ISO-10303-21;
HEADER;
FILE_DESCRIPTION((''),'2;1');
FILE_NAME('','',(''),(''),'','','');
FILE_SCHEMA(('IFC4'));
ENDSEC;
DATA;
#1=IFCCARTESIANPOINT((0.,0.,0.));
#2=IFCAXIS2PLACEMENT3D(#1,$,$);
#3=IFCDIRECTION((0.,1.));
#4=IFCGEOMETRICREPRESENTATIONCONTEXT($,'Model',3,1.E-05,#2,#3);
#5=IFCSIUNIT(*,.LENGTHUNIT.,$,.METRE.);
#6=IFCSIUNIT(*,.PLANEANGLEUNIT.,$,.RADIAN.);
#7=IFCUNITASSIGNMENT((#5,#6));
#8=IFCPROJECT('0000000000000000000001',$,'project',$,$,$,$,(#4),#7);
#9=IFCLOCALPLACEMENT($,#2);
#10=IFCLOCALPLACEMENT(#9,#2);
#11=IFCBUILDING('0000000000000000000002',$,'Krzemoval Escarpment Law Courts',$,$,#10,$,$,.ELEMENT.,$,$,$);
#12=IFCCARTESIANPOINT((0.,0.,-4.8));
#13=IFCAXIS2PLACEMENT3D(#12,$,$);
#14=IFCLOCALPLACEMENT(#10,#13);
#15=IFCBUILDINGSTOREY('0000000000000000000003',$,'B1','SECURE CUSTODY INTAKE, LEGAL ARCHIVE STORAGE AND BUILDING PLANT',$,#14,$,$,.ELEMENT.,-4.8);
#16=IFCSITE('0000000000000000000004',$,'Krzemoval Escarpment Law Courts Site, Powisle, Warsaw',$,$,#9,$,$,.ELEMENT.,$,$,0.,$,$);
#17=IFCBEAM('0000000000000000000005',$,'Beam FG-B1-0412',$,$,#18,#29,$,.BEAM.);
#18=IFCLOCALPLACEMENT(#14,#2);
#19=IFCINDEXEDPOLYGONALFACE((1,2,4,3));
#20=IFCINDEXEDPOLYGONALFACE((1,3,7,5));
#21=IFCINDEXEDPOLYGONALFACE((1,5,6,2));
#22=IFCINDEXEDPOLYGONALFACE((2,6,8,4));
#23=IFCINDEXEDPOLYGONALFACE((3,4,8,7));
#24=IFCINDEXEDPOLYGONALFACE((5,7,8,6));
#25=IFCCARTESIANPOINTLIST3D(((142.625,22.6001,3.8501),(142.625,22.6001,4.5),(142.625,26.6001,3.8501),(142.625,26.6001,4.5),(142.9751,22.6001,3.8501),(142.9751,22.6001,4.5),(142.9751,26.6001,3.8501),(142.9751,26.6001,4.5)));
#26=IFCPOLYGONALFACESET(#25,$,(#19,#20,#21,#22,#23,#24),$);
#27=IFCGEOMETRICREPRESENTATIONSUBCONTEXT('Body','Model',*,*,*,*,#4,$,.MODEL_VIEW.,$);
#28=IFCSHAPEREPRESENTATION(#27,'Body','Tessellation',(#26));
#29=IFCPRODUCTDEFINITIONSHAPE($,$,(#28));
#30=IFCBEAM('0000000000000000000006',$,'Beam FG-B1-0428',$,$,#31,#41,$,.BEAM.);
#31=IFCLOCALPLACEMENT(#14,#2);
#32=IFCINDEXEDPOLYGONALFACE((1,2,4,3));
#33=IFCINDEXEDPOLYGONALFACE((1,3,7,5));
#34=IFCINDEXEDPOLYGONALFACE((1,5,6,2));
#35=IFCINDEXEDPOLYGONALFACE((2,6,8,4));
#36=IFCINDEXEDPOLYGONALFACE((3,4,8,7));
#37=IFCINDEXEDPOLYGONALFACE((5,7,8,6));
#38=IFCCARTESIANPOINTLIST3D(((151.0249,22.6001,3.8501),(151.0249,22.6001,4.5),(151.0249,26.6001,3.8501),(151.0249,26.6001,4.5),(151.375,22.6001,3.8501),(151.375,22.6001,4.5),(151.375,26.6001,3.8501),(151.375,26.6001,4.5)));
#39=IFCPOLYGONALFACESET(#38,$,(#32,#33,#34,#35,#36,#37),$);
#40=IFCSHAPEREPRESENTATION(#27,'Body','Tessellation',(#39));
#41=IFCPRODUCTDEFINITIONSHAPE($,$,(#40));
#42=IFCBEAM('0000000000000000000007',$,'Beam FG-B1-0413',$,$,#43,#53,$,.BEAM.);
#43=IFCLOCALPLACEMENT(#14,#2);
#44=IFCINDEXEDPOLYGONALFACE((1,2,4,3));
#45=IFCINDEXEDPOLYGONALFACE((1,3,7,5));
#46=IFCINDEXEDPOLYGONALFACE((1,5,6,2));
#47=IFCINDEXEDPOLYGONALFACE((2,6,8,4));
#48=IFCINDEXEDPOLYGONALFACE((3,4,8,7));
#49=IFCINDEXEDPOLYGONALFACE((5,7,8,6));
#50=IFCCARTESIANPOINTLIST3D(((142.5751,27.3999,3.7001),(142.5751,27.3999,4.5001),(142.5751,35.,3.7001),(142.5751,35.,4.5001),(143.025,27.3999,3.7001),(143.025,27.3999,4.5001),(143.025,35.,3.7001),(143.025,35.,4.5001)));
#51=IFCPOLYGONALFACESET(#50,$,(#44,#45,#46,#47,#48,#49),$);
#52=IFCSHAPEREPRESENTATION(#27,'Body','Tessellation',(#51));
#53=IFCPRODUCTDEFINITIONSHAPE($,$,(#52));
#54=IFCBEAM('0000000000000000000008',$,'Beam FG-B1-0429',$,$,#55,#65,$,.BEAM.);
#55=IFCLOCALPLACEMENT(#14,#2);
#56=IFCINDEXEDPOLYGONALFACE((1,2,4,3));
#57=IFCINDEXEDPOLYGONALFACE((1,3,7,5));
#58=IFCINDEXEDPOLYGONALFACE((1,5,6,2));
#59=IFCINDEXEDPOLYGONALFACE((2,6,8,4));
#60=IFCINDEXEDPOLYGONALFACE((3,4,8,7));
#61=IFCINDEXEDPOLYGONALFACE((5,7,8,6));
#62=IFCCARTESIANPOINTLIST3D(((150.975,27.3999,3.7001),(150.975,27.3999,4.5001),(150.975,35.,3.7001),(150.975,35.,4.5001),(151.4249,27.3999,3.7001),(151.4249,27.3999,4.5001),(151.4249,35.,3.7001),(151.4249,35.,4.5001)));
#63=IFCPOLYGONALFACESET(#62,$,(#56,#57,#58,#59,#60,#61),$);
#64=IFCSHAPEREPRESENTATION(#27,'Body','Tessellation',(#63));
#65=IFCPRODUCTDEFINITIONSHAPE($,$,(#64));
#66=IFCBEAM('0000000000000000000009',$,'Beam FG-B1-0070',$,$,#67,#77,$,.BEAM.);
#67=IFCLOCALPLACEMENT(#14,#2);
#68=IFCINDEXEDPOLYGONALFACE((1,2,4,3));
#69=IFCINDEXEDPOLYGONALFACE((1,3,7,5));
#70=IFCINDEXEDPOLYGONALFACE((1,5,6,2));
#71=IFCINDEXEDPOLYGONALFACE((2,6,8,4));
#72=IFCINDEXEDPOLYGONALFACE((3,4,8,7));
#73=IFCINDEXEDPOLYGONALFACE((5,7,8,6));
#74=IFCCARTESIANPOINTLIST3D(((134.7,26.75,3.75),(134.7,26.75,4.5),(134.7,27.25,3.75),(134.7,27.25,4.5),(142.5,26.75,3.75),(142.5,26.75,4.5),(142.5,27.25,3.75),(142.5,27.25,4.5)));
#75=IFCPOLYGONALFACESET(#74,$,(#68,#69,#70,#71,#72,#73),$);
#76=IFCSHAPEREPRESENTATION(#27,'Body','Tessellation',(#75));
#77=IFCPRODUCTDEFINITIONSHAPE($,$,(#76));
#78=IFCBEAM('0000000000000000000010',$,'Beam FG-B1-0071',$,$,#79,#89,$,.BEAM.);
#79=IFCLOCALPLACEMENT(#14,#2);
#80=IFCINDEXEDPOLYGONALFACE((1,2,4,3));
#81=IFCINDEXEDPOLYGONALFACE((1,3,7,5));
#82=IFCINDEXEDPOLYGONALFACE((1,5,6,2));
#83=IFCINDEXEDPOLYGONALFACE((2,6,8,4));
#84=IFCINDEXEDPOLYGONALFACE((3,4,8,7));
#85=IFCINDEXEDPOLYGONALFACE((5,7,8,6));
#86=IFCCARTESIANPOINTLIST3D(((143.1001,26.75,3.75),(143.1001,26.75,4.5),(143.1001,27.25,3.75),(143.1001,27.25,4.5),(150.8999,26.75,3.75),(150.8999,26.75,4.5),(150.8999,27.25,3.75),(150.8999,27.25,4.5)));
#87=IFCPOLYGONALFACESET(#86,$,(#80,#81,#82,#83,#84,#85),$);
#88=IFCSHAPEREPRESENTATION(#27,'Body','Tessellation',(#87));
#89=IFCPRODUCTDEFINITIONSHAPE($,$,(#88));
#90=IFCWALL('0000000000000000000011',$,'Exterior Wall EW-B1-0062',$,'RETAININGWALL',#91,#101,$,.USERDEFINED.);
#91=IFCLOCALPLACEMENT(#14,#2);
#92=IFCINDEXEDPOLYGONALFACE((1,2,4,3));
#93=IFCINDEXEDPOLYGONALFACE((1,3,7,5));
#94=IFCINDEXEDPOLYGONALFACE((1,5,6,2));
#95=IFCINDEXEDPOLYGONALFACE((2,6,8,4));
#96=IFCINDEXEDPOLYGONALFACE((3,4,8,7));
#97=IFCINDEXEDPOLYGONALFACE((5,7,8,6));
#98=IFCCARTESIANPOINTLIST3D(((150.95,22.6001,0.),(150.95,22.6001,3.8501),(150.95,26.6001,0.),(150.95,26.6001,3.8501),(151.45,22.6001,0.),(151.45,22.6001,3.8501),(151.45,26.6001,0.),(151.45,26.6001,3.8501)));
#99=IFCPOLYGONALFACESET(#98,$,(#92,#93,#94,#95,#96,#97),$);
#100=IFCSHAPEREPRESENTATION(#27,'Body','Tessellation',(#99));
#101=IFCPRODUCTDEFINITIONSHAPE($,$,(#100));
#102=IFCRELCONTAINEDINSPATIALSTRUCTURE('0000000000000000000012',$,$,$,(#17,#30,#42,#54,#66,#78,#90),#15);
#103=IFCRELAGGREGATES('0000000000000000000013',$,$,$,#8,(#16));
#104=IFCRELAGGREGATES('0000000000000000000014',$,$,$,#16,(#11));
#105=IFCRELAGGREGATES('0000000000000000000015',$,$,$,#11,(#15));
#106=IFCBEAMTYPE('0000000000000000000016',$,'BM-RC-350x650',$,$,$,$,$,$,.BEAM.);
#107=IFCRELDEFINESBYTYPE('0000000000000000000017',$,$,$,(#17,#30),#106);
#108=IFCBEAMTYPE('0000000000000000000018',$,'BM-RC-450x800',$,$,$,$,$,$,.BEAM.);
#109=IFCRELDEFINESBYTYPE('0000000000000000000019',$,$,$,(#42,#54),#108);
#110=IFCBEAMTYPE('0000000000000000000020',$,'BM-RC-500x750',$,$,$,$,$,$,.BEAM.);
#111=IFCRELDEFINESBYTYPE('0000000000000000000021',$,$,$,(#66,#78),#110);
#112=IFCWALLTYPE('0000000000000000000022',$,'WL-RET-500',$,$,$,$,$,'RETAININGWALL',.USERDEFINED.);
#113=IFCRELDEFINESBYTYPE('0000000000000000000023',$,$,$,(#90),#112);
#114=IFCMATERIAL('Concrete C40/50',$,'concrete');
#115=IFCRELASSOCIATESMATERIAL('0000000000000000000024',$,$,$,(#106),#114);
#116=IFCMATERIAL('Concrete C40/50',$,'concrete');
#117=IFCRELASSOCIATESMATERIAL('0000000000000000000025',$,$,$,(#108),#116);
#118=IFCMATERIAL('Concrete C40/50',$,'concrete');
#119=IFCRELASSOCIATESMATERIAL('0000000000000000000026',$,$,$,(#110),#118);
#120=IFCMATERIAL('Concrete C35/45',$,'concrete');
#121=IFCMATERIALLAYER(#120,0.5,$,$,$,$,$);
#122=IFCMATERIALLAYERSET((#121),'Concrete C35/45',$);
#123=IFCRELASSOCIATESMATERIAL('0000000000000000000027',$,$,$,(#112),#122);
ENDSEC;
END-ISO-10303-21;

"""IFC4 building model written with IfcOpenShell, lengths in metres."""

from ifc_helpers import new_model, si_unit, direction, frame, frame_2d, origin, origin_2d, place, context, subcontext, project, spatial, rectangle, extrude, material, layer, layer_set, material_profile, profile_set, type_object, element, save


model = new_model("IFC4")

# Units and contexts
model_context = context("Model", 3, precision=1e-05, world=origin(), true_north=direction((0.0, 1.0)))
body_context = subcontext(model_context, "Body", "Model", "MODEL_VIEW")
ifc_project = project(units=[si_unit("LENGTHUNIT", "METRE"), si_unit("PLANEANGLEUNIT", "RADIAN")], contexts=[model_context])

# Site, building, storey
site_placement = place(None, origin())
site = spatial("IfcSite", under=ifc_project, at=site_placement, Name="Krzemoval Escarpment Law Courts Site, Powisle, Warsaw", CompositionType="ELEMENT", RefElevation=0.0)
building_placement = place(site_placement, origin())
building = spatial("IfcBuilding", under=site, at=building_placement, Name="Krzemoval Escarpment Law Courts", CompositionType="ELEMENT")
storey_placement = place(building_placement, frame((0.0, 0.0, -4.8)))
storey = spatial("IfcBuildingStorey", under=building, at=storey_placement, Name="B1", Description="SECURE CUSTODY INTAKE, LEGAL ARCHIVE STORAGE AND BUILDING PLANT", CompositionType="ELEMENT", Elevation=-4.8)

# Beams
ifc_material_1 = material(Name="Concrete C40/50", Category="concrete")
ifc_material_profile_1 = material_profile(ifc_material_1, rectangle(XDim=0.3501, YDim=0.6499, at=origin_2d()), Name="RCB 350x650")
ifc_profile_set_1 = profile_set([ifc_material_profile_1], Name="Concrete C40/50")
beam_type_1 = type_object("IfcBeamType", Name="BM-RC-350x650", PredefinedType="BEAM", material=ifc_profile_set_1)
for number, where, z_axis, x_axis, name in (
    (1, (142.8, 22.6001, 4.175), (0.0, 1.0, 0.0), (-1.0, 0.0, 0.0), "Beam FG-B1-0412"),
    (2, (151.2, 22.6001, 4.175), (0.0, 1.0, 0.0), (-1.0, 0.0, 0.0), "Beam FG-B1-0428"),
):
    element("IfcBeam", number, at=place(storey_placement, frame(where, z_axis=z_axis, x_axis=x_axis)), inside=storey, type_object=beam_type_1, Name=name, PredefinedType="BEAM", context=body_context, shape_type="SweptSolid", body=[
        extrude(rectangle(XDim=0.3501, YDim=0.6499, at=origin_2d()), origin(), (0.0, 0.0, 1.0), 4.0),
    ])
ifc_material_2 = material(Name="Concrete C40/50", Category="concrete")
ifc_material_profile_2 = material_profile(ifc_material_2, rectangle(XDim=0.45, YDim=0.8, at=origin_2d()), Name="RCB 450x800")
ifc_profile_set_2 = profile_set([ifc_material_profile_2], Name="Concrete C40/50")
beam_type_2 = type_object("IfcBeamType", Name="BM-RC-450x800", PredefinedType="BEAM", material=ifc_profile_set_2)
for number, where, z_axis, x_axis, name in (
    (3, (142.8, 27.3999, 4.1001), (0.0, 1.0, 0.0), (-1.0, 0.0, 0.0), "Beam FG-B1-0413"),
    (4, (151.2, 27.3999, 4.1001), (0.0, 1.0, 0.0), (-1.0, 0.0, 0.0), "Beam FG-B1-0429"),
):
    element("IfcBeam", number, at=place(storey_placement, frame(where, z_axis=z_axis, x_axis=x_axis)), inside=storey, type_object=beam_type_2, Name=name, PredefinedType="BEAM", context=body_context, shape_type="SweptSolid", body=[
        extrude(rectangle(XDim=0.45, YDim=0.8, at=origin_2d()), origin(), (0.0, 0.0, 1.0), 7.6001),
    ])
ifc_material_3 = material(Name="Concrete C40/50", Category="concrete")
ifc_material_profile_3 = material_profile(ifc_material_3, rectangle(XDim=0.5, YDim=0.75, at=origin_2d()), Name="RCB 500x750")
ifc_profile_set_3 = profile_set([ifc_material_profile_3], Name="Concrete C40/50")
beam_type_3 = type_object("IfcBeamType", Name="BM-RC-500x750", PredefinedType="BEAM", material=ifc_profile_set_3)
beam_1_placement = place(storey_placement, frame((134.7, 27.0, 4.125), z_axis=(1.0, 0.0, 0.0), x_axis=(0.0, 1.0, 0.0)))
element("IfcBeam", 5, at=beam_1_placement, inside=storey, type_object=beam_type_3, Name="Beam FG-B1-0070", PredefinedType="BEAM", context=body_context, shape_type="SweptSolid", body=[
    extrude(rectangle(XDim=0.5, YDim=0.75, at=origin_2d()), origin(), (0.0, 0.0, 1.0), 7.8),
])
beam_2_placement = place(storey_placement, frame((143.1001, 27.0, 4.125), z_axis=(1.0, 0.0, 0.0), x_axis=(0.0, 1.0, 0.0)))
element("IfcBeam", 6, at=beam_2_placement, inside=storey, type_object=beam_type_3, Name="Beam FG-B1-0071", PredefinedType="BEAM", context=body_context, shape_type="SweptSolid", body=[
    extrude(rectangle(XDim=0.5, YDim=0.75, at=origin_2d()), origin(), (0.0, 0.0, 1.0), 7.7998),
])

# Wall
ifc_material_4 = material(Name="Concrete C35/45", Category="concrete")
ifc_layer = layer(ifc_material_4, 0.5)
ifc_layer_set = layer_set([ifc_layer], Name="Concrete C35/45")
wall_type = type_object("IfcWallType", Name="WL-RET-500", ElementType="RETAININGWALL", PredefinedType="USERDEFINED", material=ifc_layer_set)
wall_placement = place(storey_placement, frame((151.2, 26.6001, 0.0), z_axis=(0.0, 0.0, 1.0), x_axis=(0.0, -1.0, 0.0)))
element("IfcWall", 7, at=wall_placement, inside=storey, type_object=wall_type, Name="Exterior Wall EW-B1-0062", ObjectType="RETAININGWALL", PredefinedType="USERDEFINED", context=body_context, shape_type="SweptSolid", body=[
    extrude(rectangle(XDim=4.0, YDim=0.5, at=frame_2d((2.0, 0.0))), origin(), (0.0, 0.0, 1.0), 3.8501),
])

save(model, "model.ifc")
